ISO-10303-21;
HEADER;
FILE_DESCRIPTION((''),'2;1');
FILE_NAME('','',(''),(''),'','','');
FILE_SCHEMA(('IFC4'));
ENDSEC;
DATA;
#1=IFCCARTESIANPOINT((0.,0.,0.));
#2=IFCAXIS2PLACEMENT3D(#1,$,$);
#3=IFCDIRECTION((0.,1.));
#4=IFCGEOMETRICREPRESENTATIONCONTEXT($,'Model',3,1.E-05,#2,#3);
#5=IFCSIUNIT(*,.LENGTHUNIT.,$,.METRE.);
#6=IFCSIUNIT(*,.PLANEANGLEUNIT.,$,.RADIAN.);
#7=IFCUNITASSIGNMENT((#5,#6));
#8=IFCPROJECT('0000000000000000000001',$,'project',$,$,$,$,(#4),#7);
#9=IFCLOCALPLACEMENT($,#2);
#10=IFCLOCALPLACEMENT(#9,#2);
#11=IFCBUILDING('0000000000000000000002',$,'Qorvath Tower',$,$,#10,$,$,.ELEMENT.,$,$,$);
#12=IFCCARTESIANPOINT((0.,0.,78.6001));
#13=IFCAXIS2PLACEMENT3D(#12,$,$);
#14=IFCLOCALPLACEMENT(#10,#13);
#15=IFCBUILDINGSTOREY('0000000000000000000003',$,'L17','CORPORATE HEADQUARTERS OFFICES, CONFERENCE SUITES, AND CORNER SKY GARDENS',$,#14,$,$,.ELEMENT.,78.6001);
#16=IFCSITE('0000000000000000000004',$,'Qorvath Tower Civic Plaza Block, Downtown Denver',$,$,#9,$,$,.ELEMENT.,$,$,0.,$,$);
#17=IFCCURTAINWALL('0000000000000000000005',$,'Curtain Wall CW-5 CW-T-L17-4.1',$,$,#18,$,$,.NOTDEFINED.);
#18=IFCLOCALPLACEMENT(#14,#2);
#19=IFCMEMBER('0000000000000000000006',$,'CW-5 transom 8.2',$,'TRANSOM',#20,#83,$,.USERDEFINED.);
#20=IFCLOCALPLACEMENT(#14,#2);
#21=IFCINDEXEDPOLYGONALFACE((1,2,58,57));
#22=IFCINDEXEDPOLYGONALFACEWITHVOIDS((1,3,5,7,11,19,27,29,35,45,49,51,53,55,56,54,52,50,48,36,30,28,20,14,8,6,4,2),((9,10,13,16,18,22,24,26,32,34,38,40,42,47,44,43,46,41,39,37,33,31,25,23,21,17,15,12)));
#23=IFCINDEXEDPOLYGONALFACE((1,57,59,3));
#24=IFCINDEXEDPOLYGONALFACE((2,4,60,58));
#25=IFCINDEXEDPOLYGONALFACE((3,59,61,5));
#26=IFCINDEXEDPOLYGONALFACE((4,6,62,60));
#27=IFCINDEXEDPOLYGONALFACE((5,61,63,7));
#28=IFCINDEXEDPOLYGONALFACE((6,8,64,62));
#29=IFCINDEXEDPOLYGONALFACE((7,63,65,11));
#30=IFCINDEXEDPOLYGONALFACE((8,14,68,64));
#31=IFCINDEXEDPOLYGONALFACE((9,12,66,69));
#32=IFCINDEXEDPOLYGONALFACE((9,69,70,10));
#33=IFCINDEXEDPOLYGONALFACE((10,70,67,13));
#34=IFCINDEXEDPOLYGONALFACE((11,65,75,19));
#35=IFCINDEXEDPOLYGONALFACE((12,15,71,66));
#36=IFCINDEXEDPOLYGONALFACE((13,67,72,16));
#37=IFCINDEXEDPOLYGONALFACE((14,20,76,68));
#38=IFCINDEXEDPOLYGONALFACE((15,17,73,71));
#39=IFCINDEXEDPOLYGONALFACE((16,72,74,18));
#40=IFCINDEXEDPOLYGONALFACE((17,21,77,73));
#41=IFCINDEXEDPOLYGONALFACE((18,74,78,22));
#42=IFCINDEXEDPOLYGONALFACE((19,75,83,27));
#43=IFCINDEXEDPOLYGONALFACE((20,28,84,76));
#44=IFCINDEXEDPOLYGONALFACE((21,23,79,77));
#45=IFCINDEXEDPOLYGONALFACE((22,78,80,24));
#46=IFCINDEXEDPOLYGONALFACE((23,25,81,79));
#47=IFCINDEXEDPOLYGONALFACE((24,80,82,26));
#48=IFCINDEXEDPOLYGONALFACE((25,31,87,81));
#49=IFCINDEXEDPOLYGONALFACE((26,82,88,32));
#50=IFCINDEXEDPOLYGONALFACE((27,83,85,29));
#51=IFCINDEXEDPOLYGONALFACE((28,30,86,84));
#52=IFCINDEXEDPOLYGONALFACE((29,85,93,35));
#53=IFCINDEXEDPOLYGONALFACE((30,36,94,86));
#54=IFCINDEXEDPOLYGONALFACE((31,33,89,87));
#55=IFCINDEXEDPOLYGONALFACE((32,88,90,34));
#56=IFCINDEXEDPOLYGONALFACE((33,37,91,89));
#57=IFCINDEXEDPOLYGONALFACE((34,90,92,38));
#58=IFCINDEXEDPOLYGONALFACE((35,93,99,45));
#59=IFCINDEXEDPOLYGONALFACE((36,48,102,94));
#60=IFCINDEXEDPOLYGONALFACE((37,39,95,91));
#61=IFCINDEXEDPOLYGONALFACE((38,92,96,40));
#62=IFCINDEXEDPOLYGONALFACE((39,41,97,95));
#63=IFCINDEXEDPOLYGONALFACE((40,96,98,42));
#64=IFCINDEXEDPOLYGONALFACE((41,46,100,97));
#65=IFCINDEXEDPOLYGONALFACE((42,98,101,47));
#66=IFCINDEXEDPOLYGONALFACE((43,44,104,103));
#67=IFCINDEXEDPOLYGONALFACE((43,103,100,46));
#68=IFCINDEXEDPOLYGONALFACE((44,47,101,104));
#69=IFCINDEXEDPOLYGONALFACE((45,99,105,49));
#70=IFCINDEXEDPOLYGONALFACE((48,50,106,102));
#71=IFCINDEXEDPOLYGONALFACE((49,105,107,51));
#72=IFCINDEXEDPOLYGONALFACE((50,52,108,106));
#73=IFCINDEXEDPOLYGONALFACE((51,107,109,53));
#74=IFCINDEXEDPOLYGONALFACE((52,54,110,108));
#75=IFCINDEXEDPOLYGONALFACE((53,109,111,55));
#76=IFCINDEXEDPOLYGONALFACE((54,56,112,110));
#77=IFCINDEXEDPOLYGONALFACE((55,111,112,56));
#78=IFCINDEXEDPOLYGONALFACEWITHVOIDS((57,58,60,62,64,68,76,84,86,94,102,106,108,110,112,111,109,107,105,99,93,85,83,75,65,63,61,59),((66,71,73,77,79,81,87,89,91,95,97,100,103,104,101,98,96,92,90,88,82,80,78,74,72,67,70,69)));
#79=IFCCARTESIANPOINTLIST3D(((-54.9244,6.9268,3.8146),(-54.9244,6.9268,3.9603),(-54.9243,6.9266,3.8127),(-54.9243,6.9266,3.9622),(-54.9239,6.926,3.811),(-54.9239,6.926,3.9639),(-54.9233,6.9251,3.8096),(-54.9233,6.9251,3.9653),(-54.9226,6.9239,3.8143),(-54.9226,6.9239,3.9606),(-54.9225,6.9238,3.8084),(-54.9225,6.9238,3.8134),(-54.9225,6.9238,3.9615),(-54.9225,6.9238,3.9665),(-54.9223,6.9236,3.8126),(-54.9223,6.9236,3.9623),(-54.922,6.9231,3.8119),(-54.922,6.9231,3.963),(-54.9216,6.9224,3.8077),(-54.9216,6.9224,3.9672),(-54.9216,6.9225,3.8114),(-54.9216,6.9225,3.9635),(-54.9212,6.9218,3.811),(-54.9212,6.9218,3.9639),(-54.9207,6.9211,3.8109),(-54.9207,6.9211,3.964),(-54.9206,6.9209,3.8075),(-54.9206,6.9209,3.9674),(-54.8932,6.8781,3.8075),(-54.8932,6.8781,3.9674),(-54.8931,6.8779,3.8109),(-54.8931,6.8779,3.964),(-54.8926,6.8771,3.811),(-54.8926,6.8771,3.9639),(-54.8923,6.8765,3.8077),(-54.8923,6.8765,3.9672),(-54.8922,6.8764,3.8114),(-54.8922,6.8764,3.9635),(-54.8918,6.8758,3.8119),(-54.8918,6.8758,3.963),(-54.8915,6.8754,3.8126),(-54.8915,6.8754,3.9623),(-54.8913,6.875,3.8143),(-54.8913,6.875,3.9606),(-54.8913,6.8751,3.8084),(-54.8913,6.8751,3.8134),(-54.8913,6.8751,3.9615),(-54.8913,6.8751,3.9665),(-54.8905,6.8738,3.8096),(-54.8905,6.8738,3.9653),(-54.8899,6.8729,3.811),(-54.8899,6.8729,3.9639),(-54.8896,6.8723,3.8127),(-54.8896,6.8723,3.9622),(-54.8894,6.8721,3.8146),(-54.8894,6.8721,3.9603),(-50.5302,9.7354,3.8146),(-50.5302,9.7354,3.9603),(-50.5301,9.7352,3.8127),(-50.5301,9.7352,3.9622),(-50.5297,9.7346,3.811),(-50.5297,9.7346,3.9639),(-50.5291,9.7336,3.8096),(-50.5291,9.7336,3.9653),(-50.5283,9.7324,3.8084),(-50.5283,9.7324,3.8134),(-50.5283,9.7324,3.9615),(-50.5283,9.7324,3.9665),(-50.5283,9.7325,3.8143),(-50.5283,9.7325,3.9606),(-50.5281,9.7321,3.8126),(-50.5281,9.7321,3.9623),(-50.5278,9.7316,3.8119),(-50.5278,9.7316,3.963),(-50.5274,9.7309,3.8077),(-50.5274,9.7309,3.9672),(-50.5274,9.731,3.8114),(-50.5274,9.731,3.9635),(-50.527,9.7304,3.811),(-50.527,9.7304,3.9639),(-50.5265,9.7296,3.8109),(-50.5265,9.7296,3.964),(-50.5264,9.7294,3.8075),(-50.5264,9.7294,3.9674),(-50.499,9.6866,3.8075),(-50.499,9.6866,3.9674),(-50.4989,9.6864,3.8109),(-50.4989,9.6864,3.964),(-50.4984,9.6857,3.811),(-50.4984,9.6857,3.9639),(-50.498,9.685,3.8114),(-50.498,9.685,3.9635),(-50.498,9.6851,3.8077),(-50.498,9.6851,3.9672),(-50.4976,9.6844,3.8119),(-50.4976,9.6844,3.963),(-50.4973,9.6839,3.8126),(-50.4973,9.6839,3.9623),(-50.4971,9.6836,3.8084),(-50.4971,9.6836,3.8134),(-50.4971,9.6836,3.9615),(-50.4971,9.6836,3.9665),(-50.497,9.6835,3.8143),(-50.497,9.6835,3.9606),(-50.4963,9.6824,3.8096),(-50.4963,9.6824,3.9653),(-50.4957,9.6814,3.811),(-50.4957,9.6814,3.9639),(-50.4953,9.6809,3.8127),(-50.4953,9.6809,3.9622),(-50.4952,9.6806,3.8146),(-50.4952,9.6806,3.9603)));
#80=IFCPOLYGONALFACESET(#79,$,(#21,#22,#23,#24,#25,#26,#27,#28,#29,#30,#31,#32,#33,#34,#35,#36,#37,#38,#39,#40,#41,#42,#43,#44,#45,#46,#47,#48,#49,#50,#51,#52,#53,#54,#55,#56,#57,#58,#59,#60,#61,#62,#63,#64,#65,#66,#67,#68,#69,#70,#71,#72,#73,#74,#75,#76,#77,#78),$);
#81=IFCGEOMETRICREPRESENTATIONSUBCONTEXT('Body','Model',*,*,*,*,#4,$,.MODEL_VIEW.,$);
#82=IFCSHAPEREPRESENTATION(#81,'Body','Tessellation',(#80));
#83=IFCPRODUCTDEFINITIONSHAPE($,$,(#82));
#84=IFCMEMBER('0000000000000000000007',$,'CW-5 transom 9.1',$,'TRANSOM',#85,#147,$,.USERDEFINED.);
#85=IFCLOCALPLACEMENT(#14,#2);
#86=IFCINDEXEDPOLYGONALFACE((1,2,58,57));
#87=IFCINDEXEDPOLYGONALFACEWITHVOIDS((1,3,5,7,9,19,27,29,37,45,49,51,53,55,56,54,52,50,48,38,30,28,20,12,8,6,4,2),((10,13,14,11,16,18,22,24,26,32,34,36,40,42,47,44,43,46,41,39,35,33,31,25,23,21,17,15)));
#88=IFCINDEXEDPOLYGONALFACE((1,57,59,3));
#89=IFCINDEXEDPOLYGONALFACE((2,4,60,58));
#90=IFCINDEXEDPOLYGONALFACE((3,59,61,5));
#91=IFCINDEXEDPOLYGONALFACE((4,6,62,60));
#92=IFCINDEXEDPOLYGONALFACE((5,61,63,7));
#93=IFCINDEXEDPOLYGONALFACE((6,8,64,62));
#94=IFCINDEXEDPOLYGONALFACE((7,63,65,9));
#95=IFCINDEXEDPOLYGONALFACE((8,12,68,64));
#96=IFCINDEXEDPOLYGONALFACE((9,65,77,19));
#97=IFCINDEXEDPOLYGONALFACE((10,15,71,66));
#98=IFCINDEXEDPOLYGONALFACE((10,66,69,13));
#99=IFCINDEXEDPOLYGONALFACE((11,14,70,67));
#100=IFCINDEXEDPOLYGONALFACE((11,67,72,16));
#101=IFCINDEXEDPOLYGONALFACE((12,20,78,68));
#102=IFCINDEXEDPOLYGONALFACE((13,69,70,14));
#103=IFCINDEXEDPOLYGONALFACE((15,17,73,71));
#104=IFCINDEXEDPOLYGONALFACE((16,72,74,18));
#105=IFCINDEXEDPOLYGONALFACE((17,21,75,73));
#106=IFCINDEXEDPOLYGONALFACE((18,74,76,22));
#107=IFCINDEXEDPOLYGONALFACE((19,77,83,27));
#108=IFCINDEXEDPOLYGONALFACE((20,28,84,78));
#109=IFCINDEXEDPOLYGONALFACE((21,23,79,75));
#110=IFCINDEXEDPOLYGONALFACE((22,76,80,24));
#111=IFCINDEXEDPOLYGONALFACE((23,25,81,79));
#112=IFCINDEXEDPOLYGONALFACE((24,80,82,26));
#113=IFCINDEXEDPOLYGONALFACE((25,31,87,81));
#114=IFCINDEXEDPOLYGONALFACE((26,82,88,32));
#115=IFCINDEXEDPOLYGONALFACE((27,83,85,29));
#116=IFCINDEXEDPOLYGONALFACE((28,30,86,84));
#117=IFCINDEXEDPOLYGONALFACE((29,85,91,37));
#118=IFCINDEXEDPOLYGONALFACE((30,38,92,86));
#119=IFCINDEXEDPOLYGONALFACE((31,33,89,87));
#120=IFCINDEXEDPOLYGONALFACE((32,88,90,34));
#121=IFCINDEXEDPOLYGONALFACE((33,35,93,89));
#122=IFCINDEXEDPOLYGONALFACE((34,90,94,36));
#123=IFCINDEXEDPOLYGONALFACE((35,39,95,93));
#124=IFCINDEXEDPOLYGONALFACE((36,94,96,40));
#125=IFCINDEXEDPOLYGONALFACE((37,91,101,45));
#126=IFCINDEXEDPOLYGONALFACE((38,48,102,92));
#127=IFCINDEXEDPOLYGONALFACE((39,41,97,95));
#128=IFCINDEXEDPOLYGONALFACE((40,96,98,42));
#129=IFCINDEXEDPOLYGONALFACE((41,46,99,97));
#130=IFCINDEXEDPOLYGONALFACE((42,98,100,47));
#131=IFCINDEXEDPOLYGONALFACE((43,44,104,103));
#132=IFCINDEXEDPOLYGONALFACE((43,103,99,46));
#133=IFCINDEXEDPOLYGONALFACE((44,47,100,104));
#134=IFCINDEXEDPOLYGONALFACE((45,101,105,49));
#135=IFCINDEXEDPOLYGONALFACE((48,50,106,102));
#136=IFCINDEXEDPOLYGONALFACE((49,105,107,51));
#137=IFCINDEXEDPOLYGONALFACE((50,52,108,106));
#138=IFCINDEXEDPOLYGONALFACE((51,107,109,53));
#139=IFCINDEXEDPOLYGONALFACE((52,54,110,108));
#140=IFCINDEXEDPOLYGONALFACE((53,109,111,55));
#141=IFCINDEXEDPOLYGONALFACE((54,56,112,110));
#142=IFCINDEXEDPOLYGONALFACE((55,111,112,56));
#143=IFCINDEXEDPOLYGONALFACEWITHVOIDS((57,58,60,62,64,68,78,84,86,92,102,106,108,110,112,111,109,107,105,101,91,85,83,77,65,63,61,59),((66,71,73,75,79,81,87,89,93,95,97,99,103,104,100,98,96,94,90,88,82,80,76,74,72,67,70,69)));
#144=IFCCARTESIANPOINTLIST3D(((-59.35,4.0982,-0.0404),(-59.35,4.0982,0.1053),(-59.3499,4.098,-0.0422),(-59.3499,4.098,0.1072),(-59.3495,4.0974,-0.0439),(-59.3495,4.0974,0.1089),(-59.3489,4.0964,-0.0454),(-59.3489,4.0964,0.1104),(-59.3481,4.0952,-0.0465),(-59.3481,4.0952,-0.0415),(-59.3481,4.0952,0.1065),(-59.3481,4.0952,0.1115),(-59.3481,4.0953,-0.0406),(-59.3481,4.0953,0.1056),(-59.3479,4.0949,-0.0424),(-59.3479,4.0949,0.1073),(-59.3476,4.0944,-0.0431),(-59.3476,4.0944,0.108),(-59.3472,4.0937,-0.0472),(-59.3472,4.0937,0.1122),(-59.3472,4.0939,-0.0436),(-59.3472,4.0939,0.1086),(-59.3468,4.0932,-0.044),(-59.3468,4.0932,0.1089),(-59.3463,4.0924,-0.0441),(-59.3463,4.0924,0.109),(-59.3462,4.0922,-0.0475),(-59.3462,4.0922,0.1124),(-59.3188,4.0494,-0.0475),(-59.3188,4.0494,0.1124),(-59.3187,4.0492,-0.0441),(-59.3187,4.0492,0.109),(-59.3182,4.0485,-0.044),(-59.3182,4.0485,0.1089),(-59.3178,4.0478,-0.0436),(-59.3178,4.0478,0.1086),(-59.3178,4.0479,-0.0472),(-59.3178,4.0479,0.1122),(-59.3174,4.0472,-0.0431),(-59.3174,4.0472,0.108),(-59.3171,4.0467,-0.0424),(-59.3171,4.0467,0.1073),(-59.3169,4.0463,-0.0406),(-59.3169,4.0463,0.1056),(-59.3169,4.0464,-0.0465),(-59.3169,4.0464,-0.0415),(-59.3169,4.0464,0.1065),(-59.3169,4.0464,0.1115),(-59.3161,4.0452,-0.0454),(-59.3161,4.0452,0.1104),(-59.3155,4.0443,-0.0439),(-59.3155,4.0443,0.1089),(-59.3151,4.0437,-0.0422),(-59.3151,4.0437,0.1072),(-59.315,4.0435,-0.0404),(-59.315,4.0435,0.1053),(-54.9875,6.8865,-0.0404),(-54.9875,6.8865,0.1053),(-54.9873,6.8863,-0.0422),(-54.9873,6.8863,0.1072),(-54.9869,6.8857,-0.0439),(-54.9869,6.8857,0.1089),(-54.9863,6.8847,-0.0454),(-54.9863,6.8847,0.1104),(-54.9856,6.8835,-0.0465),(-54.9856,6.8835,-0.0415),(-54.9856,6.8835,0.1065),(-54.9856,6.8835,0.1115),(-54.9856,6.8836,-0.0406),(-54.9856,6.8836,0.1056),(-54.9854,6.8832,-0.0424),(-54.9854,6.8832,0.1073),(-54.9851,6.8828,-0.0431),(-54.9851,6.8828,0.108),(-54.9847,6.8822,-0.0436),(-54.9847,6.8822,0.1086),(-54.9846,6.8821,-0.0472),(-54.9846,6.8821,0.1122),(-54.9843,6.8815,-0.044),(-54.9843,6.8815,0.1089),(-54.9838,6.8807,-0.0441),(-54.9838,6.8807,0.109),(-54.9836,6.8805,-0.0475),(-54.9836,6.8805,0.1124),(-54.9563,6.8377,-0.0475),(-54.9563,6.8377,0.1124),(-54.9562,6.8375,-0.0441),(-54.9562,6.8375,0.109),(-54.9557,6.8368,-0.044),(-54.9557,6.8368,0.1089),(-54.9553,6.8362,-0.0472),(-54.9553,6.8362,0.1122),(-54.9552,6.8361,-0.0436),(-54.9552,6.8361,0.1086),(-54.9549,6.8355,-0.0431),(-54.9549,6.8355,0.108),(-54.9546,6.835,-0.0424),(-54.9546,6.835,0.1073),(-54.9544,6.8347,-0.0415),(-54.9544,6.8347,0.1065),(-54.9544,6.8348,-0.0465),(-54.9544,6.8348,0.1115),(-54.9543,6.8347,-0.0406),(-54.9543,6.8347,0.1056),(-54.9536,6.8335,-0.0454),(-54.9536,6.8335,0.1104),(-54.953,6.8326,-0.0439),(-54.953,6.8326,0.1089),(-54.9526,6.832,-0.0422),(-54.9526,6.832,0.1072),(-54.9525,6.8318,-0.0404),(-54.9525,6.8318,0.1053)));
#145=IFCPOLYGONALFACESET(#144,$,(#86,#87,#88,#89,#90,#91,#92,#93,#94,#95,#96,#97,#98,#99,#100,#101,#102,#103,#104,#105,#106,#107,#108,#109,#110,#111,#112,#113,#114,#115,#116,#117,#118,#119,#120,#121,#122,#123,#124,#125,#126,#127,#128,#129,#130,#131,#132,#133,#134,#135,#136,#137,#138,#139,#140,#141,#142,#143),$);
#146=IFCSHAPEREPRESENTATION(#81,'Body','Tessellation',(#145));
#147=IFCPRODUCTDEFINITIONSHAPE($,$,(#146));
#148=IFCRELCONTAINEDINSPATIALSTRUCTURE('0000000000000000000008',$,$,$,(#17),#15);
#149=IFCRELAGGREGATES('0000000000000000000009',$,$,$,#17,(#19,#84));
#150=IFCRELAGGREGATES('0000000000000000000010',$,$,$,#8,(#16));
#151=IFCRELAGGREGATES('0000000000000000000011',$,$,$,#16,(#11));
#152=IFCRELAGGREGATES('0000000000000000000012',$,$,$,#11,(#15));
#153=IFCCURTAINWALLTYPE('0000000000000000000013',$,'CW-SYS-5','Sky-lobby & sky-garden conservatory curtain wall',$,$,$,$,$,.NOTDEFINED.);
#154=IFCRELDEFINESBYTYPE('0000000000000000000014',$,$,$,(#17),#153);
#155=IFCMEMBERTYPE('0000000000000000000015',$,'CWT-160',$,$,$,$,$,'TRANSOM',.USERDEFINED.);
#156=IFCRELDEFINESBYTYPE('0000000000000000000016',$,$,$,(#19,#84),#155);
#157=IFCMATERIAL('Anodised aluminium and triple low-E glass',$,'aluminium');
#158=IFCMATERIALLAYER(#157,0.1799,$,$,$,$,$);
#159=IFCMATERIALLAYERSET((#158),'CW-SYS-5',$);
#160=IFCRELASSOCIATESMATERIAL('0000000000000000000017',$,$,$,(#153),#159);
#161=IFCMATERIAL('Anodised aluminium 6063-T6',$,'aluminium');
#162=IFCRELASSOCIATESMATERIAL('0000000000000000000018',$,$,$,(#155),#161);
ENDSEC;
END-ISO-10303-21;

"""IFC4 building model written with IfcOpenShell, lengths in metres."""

from ifc_helpers import new_model, si_unit, direction, frame, origin, origin_2d, place, context, subcontext, project, spatial, hollow_rectangle, extrude, material, layer, layer_set, material_profile, profile_set, type_object, element, aggregate, save


model = new_model("IFC4")

# Units and contexts
model_context = context("Model", 3, precision=1e-05, world=origin(), true_north=direction((0.0, 1.0)))
body_context = subcontext(model_context, "Body", "Model", "MODEL_VIEW")
ifc_project = project(units=[si_unit("LENGTHUNIT", "METRE"), si_unit("PLANEANGLEUNIT", "RADIAN")], contexts=[model_context])

# Site, building, storey
site_placement = place(None, origin())
site = spatial("IfcSite", under=ifc_project, at=site_placement, Name="Qorvath Tower Civic Plaza Block, Downtown Denver", CompositionType="ELEMENT", RefElevation=0.0)
building_placement = place(site_placement, origin())
building = spatial("IfcBuilding", under=site, at=building_placement, Name="Qorvath Tower", CompositionType="ELEMENT")
storey_placement = place(building_placement, frame((0.0, 0.0, 78.6001)))
storey = spatial("IfcBuildingStorey", under=building, at=storey_placement, Name="L17", Description="CORPORATE HEADQUARTERS OFFICES, CONFERENCE SUITES, AND CORNER SKY GARDENS", CompositionType="ELEMENT", Elevation=78.6001)

# Curtain wall
ifc_material_1 = material(Name="Anodised aluminium and triple low-E glass", Category="aluminium")
ifc_layer_1 = layer(ifc_material_1, 0.1799)
ifc_layer_set_1 = layer_set([ifc_layer_1], Name="CW-SYS-5")
curtain_wall_type = type_object("IfcCurtainWallType", Name="CW-SYS-5", Description="Sky-lobby & sky-garden conservatory curtain wall", PredefinedType="NOTDEFINED", material=ifc_layer_set_1)
curtain_wall_1_placement = place(storey_placement, origin())
curtain_wall_1 = element("IfcCurtainWall", 1, at=curtain_wall_1_placement, inside=storey, type_object=curtain_wall_type, Name="Curtain Wall CW-5 CW-T-L17-4.1", PredefinedType="NOTDEFINED")

# Members
ifc_material_2 = material(Name="Anodised aluminium 6063-T6", Category="aluminium")
ifc_material_profile_1 = material_profile(ifc_material_2, hollow_rectangle(XDim=0.0649, YDim=0.1599, WallThickness=0.0034, InnerFilletRadius=0.0034, OuterFilletRadius=0.0071, at=origin_2d()), Name="CWT 160x65")
ifc_profile_set_1 = profile_set([ifc_material_profile_1], Name="Anodised aluminium 6063-T6")
member_type_1 = type_object("IfcMemberType", Name="CWT-160", ElementType="TRANSOM", PredefinedType="USERDEFINED", material=ifc_profile_set_1)
member_1_placement = place(storey_placement, frame((-50.5127, 9.708, 3.8875), z_axis=(-0.842598, -0.538543, 0.0), x_axis=(0.538543, -0.842598, 0.0)))
member_1 = element("IfcMember", 2, at=member_1_placement, type_object=member_type_1, Name="CW-5 transom 8.2", ObjectType="TRANSOM", PredefinedType="USERDEFINED", context=body_context, shape_type="SweptSolid", body=[
    extrude(hollow_rectangle(XDim=0.0649, YDim=0.1599, WallThickness=0.0034, InnerFilletRadius=0.0034, OuterFilletRadius=0.0071, at=origin_2d()), origin(), (0.0, 0.0, 1.0), 5.2151),
])
member_2_placement = place(storey_placement, frame((-54.97, 6.8591, 0.0325), z_axis=(-0.842596, -0.538546, 0.0), x_axis=(0.538546, -0.842596, 0.0)))
member_2 = element("IfcMember", 3, at=member_2_placement, type_object=member_type_1, Name="CW-5 transom 9.1", ObjectType="TRANSOM", PredefinedType="USERDEFINED", context=body_context, shape_type="SweptSolid", body=[
    extrude(hollow_rectangle(XDim=0.0649, YDim=0.1599, WallThickness=0.0034, InnerFilletRadius=0.0034, OuterFilletRadius=0.0071, at=origin_2d()), origin(), (0.0, 0.0, 1.0), 5.1775),
])

aggregate(curtain_wall_1, [member_1, member_2])

save(model, "model.ifc")
